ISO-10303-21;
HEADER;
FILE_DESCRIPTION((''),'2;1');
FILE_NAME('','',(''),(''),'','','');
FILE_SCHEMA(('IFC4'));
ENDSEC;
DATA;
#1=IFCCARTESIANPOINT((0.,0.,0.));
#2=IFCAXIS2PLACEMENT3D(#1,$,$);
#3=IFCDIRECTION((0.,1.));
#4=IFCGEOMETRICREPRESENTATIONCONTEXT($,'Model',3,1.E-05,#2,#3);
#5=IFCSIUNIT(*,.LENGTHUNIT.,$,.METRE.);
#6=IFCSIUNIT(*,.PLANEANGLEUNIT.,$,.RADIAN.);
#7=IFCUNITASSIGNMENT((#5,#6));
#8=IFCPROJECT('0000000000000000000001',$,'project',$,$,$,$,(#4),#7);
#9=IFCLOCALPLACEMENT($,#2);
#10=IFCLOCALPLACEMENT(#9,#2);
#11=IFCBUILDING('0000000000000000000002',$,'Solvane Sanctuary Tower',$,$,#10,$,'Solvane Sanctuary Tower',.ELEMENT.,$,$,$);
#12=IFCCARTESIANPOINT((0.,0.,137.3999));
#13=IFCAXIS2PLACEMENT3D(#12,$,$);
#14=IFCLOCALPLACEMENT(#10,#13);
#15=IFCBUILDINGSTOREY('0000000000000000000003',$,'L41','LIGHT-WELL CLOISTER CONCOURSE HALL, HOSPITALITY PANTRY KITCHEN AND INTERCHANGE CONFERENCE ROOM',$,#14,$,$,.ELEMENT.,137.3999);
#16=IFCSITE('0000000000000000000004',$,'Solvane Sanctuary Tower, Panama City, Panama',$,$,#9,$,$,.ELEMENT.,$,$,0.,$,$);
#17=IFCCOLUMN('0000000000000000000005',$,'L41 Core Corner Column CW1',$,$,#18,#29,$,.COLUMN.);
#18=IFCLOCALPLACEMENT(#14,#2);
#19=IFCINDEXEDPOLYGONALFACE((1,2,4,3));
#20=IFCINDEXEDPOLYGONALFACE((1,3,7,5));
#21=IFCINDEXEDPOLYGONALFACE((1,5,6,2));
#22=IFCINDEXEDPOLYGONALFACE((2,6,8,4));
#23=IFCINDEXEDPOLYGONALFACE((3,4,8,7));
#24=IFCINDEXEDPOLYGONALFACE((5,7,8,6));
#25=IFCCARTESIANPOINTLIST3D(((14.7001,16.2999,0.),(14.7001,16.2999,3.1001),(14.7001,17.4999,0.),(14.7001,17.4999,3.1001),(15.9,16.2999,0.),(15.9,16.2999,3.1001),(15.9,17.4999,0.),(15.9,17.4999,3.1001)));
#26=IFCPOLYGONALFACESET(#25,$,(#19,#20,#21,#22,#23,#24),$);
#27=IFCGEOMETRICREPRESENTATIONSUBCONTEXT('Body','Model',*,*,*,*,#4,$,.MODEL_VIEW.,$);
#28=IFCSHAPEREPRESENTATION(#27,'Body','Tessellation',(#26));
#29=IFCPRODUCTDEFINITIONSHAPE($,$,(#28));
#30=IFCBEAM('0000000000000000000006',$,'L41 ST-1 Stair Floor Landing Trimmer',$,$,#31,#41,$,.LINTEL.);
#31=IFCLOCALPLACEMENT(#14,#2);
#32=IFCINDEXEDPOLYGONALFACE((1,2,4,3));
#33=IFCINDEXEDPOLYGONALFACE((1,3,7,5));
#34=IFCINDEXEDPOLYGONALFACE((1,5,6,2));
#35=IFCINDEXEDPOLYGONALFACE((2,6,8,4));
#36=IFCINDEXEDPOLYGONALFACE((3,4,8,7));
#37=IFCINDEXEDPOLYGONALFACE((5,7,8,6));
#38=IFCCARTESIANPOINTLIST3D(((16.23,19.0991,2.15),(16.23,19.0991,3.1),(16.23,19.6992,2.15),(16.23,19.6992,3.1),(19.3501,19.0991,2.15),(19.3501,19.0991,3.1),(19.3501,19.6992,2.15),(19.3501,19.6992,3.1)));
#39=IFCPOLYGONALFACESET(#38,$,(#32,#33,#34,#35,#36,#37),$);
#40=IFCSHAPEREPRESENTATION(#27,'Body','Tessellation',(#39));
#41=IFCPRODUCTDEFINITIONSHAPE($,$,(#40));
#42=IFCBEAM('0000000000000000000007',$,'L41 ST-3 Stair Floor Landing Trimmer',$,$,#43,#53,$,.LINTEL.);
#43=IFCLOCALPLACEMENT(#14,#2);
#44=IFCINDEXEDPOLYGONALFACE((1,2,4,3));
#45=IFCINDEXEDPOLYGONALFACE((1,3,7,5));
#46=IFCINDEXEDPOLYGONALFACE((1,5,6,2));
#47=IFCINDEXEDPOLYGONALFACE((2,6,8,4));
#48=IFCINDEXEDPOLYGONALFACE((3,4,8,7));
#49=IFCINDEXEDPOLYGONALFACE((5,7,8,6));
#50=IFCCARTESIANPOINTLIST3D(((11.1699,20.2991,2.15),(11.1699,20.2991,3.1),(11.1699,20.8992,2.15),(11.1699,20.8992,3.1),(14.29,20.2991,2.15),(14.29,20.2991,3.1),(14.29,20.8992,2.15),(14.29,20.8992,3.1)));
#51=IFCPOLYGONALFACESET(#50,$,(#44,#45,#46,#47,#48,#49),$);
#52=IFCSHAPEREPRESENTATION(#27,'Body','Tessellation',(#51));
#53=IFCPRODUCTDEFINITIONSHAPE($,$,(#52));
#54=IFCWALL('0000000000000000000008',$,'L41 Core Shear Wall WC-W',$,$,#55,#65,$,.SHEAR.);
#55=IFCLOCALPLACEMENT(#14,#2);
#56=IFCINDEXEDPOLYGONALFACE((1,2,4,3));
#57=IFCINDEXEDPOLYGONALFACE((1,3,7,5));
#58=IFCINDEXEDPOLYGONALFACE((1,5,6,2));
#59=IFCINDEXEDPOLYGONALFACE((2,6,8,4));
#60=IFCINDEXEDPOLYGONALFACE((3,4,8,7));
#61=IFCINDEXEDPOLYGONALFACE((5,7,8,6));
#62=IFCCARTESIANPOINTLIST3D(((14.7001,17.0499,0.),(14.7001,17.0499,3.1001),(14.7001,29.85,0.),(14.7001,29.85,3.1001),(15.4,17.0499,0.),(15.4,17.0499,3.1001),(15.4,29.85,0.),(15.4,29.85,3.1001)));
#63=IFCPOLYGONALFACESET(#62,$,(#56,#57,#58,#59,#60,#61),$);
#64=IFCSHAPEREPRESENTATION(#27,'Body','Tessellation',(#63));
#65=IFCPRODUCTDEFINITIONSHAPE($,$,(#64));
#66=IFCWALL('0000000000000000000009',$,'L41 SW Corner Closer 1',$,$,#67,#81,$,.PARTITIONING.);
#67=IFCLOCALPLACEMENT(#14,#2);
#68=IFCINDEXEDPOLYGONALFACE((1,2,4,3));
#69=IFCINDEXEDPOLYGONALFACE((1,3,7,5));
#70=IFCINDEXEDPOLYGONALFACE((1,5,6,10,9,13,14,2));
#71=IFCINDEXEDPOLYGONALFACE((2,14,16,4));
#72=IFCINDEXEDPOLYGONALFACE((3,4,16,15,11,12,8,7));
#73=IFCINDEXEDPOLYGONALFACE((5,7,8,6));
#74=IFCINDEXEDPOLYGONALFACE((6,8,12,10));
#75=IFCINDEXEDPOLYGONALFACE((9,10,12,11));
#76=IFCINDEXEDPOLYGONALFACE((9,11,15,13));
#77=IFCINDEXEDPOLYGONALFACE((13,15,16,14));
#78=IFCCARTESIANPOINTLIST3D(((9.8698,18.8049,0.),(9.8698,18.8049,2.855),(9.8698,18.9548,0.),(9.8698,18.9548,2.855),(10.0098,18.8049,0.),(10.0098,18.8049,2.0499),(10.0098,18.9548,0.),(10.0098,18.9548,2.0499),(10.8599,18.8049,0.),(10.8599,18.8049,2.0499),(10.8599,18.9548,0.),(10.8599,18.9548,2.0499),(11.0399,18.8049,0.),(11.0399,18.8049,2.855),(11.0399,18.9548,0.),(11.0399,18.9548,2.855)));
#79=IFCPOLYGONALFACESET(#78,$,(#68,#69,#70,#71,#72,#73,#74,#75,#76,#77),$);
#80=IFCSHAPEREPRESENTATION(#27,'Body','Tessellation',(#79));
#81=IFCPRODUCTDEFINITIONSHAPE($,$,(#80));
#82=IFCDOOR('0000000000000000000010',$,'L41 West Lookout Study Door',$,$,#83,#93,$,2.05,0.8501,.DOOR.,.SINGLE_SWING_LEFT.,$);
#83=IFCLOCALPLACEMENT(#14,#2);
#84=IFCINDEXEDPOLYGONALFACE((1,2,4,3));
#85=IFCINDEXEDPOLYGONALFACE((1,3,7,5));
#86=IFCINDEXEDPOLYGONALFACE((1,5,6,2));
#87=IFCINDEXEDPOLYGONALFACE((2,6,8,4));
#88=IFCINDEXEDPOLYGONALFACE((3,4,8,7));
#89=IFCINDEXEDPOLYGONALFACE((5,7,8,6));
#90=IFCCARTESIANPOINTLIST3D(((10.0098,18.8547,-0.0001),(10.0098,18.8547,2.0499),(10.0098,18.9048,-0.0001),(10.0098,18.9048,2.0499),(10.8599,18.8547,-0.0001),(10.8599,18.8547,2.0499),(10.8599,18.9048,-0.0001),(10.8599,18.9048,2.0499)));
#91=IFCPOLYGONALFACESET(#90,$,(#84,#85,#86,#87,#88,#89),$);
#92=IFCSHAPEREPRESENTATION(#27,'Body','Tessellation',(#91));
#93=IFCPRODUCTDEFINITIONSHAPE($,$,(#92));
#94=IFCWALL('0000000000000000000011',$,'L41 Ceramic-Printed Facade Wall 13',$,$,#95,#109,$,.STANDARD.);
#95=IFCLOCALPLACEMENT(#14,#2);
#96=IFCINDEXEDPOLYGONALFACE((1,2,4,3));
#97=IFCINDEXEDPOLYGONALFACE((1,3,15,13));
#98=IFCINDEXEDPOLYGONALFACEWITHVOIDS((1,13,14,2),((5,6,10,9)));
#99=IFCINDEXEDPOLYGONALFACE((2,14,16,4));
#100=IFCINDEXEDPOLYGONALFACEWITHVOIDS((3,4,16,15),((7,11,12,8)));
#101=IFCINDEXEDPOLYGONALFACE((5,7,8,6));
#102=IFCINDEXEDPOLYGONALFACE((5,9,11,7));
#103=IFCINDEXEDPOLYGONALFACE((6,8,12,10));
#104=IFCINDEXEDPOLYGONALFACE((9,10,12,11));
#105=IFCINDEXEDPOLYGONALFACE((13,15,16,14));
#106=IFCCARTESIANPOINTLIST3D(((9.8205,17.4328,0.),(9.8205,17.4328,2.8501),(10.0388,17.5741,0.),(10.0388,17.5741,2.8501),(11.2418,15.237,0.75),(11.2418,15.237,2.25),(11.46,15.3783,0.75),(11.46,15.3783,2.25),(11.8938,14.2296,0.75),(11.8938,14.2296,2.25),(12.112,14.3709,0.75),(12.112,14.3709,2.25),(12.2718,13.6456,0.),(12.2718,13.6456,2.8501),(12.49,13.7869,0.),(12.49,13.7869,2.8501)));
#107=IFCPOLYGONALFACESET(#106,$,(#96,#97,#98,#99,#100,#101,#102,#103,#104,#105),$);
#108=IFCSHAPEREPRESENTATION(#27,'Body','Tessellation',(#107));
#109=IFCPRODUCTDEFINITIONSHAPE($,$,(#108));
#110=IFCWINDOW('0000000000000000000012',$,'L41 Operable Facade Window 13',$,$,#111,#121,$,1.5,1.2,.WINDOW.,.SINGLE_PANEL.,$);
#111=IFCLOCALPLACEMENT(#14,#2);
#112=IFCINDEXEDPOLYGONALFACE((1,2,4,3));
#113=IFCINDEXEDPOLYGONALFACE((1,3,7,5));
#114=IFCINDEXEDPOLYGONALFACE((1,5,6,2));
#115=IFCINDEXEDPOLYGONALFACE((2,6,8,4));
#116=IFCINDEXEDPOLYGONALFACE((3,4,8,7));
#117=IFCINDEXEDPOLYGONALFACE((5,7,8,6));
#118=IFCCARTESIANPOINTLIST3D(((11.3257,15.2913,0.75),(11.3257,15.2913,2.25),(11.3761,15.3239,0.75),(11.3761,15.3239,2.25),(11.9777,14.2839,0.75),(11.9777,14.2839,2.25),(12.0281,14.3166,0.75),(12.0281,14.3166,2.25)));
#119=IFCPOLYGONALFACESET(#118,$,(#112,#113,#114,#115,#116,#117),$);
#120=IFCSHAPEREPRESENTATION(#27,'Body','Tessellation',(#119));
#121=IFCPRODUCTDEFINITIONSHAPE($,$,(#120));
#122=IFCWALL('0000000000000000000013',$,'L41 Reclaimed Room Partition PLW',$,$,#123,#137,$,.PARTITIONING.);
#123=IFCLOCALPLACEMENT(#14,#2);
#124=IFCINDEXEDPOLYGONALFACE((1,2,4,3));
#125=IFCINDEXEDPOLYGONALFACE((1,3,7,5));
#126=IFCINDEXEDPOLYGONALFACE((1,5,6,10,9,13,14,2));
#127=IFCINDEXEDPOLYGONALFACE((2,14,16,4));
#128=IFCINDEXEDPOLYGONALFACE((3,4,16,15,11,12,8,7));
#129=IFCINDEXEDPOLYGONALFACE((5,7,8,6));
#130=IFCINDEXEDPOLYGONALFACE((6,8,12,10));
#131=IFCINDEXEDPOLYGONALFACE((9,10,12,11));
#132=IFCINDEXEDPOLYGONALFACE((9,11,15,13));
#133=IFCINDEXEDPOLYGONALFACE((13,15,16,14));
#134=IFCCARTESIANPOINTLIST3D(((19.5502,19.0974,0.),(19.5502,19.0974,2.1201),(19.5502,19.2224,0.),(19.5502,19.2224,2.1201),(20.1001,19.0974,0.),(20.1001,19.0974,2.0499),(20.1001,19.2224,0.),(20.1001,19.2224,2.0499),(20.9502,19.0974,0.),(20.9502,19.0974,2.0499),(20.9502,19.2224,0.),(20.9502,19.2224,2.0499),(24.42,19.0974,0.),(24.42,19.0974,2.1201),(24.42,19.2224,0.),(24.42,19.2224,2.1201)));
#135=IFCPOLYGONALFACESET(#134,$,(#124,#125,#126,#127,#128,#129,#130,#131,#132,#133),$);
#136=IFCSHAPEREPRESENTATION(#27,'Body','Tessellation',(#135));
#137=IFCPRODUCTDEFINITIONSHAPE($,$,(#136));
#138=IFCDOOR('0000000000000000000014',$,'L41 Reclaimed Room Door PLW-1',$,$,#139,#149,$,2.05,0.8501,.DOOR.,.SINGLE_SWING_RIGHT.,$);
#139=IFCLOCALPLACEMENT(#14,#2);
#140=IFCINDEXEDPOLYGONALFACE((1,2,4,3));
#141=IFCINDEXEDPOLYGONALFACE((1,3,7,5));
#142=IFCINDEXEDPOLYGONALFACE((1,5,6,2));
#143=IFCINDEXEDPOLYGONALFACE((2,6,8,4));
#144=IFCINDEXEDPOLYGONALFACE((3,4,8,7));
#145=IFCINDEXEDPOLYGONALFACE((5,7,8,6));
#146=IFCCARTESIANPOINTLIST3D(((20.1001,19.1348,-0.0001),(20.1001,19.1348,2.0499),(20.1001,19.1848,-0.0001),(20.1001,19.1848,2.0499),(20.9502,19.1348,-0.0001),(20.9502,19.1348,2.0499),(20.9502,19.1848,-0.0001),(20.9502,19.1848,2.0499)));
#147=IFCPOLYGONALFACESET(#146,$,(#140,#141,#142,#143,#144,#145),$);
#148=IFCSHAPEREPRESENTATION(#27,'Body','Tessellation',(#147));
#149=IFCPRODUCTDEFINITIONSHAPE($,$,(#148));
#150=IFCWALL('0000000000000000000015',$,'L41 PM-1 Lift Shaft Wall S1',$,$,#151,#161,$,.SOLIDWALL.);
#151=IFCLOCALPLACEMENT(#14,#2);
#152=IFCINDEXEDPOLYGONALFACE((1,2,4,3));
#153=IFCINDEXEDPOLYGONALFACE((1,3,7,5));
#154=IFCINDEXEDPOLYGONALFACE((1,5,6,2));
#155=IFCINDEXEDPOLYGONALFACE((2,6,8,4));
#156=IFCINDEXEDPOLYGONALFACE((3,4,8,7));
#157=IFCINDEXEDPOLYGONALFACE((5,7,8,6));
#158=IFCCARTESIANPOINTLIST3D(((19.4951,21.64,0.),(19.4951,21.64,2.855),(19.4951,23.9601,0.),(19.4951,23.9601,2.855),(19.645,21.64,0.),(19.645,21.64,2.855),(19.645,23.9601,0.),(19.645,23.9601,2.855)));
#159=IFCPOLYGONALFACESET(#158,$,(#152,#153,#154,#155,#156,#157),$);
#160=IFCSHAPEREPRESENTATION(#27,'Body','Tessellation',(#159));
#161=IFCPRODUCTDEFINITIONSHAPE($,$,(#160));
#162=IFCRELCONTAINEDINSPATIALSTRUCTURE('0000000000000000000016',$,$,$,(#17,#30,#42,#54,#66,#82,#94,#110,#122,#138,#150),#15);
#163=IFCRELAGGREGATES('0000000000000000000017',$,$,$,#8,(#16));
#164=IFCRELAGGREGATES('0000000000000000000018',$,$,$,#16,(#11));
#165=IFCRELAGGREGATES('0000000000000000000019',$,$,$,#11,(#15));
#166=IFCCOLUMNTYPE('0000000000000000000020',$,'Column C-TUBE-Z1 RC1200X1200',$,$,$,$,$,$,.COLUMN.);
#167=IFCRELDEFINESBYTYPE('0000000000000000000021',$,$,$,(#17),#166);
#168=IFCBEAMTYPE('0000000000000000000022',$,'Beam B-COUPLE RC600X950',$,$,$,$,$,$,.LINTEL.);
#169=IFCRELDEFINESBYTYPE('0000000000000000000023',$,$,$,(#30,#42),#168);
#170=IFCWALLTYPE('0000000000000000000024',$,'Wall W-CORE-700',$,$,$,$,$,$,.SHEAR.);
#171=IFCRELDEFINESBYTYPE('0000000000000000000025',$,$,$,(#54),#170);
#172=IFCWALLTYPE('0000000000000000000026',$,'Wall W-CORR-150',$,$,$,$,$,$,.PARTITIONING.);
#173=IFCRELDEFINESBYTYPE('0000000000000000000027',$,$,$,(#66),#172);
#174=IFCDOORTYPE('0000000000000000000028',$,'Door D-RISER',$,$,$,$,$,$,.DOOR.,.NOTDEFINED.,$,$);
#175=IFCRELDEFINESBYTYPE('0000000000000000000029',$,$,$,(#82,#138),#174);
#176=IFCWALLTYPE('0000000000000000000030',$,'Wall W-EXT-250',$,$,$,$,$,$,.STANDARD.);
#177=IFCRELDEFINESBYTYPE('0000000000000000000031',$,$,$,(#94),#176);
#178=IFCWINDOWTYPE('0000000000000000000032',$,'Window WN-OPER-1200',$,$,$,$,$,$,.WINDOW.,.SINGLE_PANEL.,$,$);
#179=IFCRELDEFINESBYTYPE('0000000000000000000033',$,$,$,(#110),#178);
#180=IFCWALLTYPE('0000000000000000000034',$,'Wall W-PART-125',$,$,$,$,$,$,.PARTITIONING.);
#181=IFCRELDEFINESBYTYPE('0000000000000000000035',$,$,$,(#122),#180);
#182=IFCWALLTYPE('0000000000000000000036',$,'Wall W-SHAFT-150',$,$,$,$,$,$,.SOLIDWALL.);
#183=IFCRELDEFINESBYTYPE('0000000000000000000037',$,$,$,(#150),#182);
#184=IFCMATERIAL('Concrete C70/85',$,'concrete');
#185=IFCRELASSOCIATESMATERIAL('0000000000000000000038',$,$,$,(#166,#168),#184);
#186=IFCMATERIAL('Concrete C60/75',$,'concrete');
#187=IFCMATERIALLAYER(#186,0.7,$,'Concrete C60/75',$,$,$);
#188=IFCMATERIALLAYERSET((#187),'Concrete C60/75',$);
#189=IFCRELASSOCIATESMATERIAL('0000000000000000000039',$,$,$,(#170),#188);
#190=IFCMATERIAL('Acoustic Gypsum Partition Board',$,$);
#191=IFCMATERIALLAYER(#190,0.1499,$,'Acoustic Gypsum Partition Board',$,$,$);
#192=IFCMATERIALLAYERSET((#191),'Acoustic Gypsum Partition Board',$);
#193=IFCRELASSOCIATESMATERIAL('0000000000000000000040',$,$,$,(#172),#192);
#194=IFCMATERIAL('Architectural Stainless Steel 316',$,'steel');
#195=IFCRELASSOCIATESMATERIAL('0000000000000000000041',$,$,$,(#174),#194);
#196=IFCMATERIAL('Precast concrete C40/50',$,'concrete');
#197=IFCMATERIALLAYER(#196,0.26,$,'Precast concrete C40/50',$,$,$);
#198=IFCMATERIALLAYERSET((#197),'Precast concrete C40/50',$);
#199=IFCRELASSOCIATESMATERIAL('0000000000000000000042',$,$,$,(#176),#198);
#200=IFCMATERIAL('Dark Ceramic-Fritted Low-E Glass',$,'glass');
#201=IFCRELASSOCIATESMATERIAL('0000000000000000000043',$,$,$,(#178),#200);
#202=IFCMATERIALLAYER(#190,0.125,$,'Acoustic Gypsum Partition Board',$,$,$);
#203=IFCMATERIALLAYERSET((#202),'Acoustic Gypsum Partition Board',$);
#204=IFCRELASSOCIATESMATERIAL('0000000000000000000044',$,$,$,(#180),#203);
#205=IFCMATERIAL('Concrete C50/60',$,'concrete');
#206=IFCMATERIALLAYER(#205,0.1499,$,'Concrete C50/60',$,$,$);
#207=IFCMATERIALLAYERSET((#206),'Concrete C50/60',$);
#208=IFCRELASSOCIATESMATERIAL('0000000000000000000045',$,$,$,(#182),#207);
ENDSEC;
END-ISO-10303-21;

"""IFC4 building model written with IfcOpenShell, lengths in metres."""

from ifc_helpers import new_model, si_unit, direction, frame, frame_2d, origin, origin_2d, place, context, subcontext, project, spatial, rectangle, extrude, material, layer, layer_set, material_profile, profile_set, type_object, element, fill, save


model = new_model("IFC4")

# Units and contexts
model_context = context("Model", 3, precision=1e-05, world=origin(), true_north=direction((0.0, 1.0)))
body_context = subcontext(model_context, "Body", "Model", "MODEL_VIEW")
ifc_project = project(units=[si_unit("LENGTHUNIT", "METRE"), si_unit("PLANEANGLEUNIT", "RADIAN")], contexts=[model_context])

# Site, building, storey
site_placement = place(None, origin())
site = spatial("IfcSite", under=ifc_project, at=site_placement, Name="Solvane Sanctuary Tower, Panama City, Panama", CompositionType="ELEMENT", RefElevation=0.0)
building_placement = place(site_placement, origin())
building = spatial("IfcBuilding", under=site, at=building_placement, Name="Solvane Sanctuary Tower", LongName="Solvane Sanctuary Tower", CompositionType="ELEMENT")
storey_placement = place(building_placement, frame((0.0, 0.0, 137.3999)))
storey = spatial("IfcBuildingStorey", under=building, at=storey_placement, Name="L41", Description="LIGHT-WELL CLOISTER CONCOURSE HALL, HOSPITALITY PANTRY KITCHEN AND INTERCHANGE CONFERENCE ROOM", CompositionType="ELEMENT", Elevation=137.3999)

# Column
ifc_material_1 = material(Name="Concrete C70/85", Category="concrete")
ifc_material_profile_1 = material_profile(ifc_material_1, rectangle(XDim=1.2, YDim=1.2, at=origin_2d()), Name="RC1200X1200")
ifc_profile_set_1 = profile_set([ifc_material_profile_1], Name="Concrete C70/85")
column_type = type_object("IfcColumnType", Name="Column C-TUBE-Z1 RC1200X1200", PredefinedType="COLUMN", material=ifc_profile_set_1)
column_placement = place(storey_placement, frame((15.3, 16.8999, 0.0), z_axis=(0.0, 0.0, 1.0), x_axis=(1.0, 0.0, 0.0)))
element("IfcColumn", 1, at=column_placement, inside=storey, type_object=column_type, Name="L41 Core Corner Column CW1", PredefinedType="COLUMN", context=body_context, shape_type="SweptSolid", body=[
    extrude(rectangle(XDim=1.2, YDim=1.2, at=origin_2d()), origin(), (0.0, 0.0, 1.0), 3.1001),
])

# Beams
ifc_material_profile_2 = material_profile(ifc_material_1, rectangle(XDim=0.6001, YDim=0.95, at=origin_2d()), Name="RC600X950")
ifc_profile_set_2 = profile_set([ifc_material_profile_2], Name="Concrete C70/85")
beam_type = type_object("IfcBeamType", Name="Beam B-COUPLE RC600X950", PredefinedType="LINTEL", material=ifc_profile_set_2)
for number, where, z_axis, x_axis, name in (
    (2, (16.23, 19.3992, 2.625), (1.0, 0.0, 0.0), (0.0, 1.0, 0.0), "L41 ST-1 Stair Floor Landing Trimmer"),
    (3, (11.1699, 20.5991, 2.625), (1.0, 0.0, 0.0), (0.0, 1.0, 0.0), "L41 ST-3 Stair Floor Landing Trimmer"),
):
    element("IfcBeam", number, at=place(storey_placement, frame(where, z_axis=z_axis, x_axis=x_axis)), inside=storey, type_object=beam_type, Name=name, PredefinedType="LINTEL", context=body_context, shape_type="SweptSolid", body=[
        extrude(rectangle(XDim=0.6001, YDim=0.95, at=origin_2d()), origin(), (0.0, 0.0, 1.0), 3.1201),
    ])

# Wall
ifc_material_2 = material(Name="Concrete C60/75", Category="concrete")
ifc_layer_1 = layer(ifc_material_2, 0.7, Name="Concrete C60/75")
ifc_layer_set_1 = layer_set([ifc_layer_1], Name="Concrete C60/75")
wall_type_1 = type_object("IfcWallType", Name="Wall W-CORE-700", PredefinedType="SHEAR", material=ifc_layer_set_1)
wall_1_placement = place(storey_placement, frame((15.05, 17.05, 0.0), z_axis=(0.0, 0.0, 1.0), x_axis=(0.0, 1.0, 0.0)))
element("IfcWall", 4, at=wall_1_placement, inside=storey, type_object=wall_type_1, Name="L41 Core Shear Wall WC-W", PredefinedType="SHEAR", context=body_context, shape_type="SweptSolid", body=[
    extrude(rectangle(XDim=12.8, YDim=0.7, at=frame_2d((6.3999, 0.0))), origin(), (0.0, 0.0, 1.0), 3.1001),
])

# Wall, opening, door
ifc_material_3 = material(Name="Acoustic Gypsum Partition Board")
ifc_layer_2 = layer(ifc_material_3, 0.1499, Name="Acoustic Gypsum Partition Board")
ifc_layer_set_2 = layer_set([ifc_layer_2], Name="Acoustic Gypsum Partition Board")
wall_type_2 = type_object("IfcWallType", Name="Wall W-CORR-150", PredefinedType="PARTITIONING", material=ifc_layer_set_2)
wall_2_placement = place(storey_placement, frame((9.8699, 18.8799, 0.0), z_axis=(0.0, 0.0, 1.0), x_axis=(1.0, 0.0, 0.0)))
wall_2 = element("IfcWall", 5, at=wall_2_placement, inside=storey, type_object=wall_type_2, Name="L41 SW Corner Closer 1", PredefinedType="PARTITIONING", context=body_context, shape_type="SweptSolid", body=[
    extrude(rectangle(XDim=1.1702, YDim=0.1499, at=frame_2d((0.585, 0.0))), origin(), (0.0, 0.0, 1.0), 2.855),
])
opening_1_placement = place(wall_2_placement, frame((0.1399, 0.0, 0.0)))
opening_1 = element("IfcOpeningElement", 6, at=opening_1_placement, cuts=wall_2, PredefinedType="OPENING", context=body_context, shape_type="SweptSolid", body=[
    extrude(rectangle(XDim=0.8501, YDim=2.05, at=frame_2d((0.425, 1.0249))), frame((0.0, 0.085, 0.0), z_axis=(0.0, -1.0, 0.0), x_axis=(1.0, 0.0, 0.0)), (0.0, 0.0, 1.0), 0.1699),
])
ifc_material_4 = material(Name="Architectural Stainless Steel 316", Category="steel")
door_type_1 = type_object("IfcDoorType", Name="Door D-RISER", OperationType="NOTDEFINED", PredefinedType="DOOR", material=ifc_material_4)
door_1_placement = place(opening_1_placement, origin())
door_1 = element("IfcDoor", 7, at=door_1_placement, inside=storey, type_object=door_type_1, Name="L41 West Lookout Study Door", OperationType="SINGLE_SWING_LEFT", OverallHeight=2.05, OverallWidth=0.8501, PredefinedType="DOOR", context=body_context, shape_type="SweptSolid", body=[
    extrude(rectangle(XDim=0.8501, YDim=2.05, at=frame_2d((0.425, 1.0249))), frame((0.0, 0.0249, 0.0), z_axis=(0.0, -1.0, 0.0), x_axis=(1.0, 0.0, 0.0)), (0.0, 0.0, 1.0), 0.05),
])
fill(opening_1, door_1)

# Wall, opening, window
ifc_material_5 = material(Name="Precast concrete C40/50", Category="concrete")
ifc_layer_3 = layer(ifc_material_5, 0.26, Name="Precast concrete C40/50")
ifc_layer_set_3 = layer_set([ifc_layer_3], Name="Precast concrete C40/50")
wall_type_3 = type_object("IfcWallType", Name="Wall W-EXT-250", PredefinedType="STANDARD", material=ifc_layer_set_3)
wall_3_placement = place(storey_placement, frame((9.9297, 17.5034, 0.0), z_axis=(0.0, 0.0, 1.0), x_axis=(0.543359, -0.8395, 0.0)))
wall_3 = element("IfcWall", 8, at=wall_3_placement, inside=storey, type_object=wall_type_3, Name="L41 Ceramic-Printed Facade Wall 13", PredefinedType="STANDARD", context=body_context, shape_type="SweptSolid", body=[
    extrude(rectangle(XDim=4.5112, YDim=0.26, at=frame_2d((2.2556, 0.0))), origin(), (0.0, 0.0, 1.0), 2.8501),
])
opening_2_placement = place(wall_3_placement, frame((2.6155, 0.0, 0.75)))
opening_2 = element("IfcOpeningElement", 9, at=opening_2_placement, cuts=wall_3, PredefinedType="OPENING", context=body_context, shape_type="SweptSolid", body=[
    extrude(rectangle(XDim=1.2, YDim=1.5, at=frame_2d((0.6001, 0.75))), frame((0.0, 0.1399, 0.0), z_axis=(0.0, -1.0, 0.0), x_axis=(1.0, 0.0, 0.0)), (0.0, 0.0, 1.0), 0.28),
])
ifc_material_6 = material(Name="Dark Ceramic-Fritted Low-E Glass", Category="glass")
window_type = type_object("IfcWindowType", Name="Window WN-OPER-1200", PartitioningType="SINGLE_PANEL", PredefinedType="WINDOW", material=ifc_material_6)
window_placement = place(opening_2_placement, origin())
window = element("IfcWindow", 10, at=window_placement, inside=storey, type_object=window_type, Name="L41 Operable Facade Window 13", OverallHeight=1.5, OverallWidth=1.2, PartitioningType="SINGLE_PANEL", PredefinedType="WINDOW", context=body_context, shape_type="SweptSolid", body=[
    extrude(rectangle(XDim=1.2, YDim=1.5, at=frame_2d((0.6001, 0.75))), frame((0.0, 0.03, 0.0), z_axis=(0.0, -1.0, 0.0), x_axis=(1.0, 0.0, 0.0)), (0.0, 0.0, 1.0), 0.0601),
])
fill(opening_2, window)

# Wall, opening, door
ifc_layer_4 = layer(ifc_material_3, 0.125, Name="Acoustic Gypsum Partition Board")
ifc_layer_set_4 = layer_set([ifc_layer_4], Name="Acoustic Gypsum Partition Board")
wall_type_4 = type_object("IfcWallType", Name="Wall W-PART-125", PredefinedType="PARTITIONING", material=ifc_layer_set_4)
wall_4_placement = place(storey_placement, frame((19.55, 19.1599, 0.0), z_axis=(0.0, 0.0, 1.0), x_axis=(1.0, 0.0, 0.0)))
wall_4 = element("IfcWall", 11, at=wall_4_placement, inside=storey, type_object=wall_type_4, Name="L41 Reclaimed Room Partition PLW", PredefinedType="PARTITIONING", context=body_context, shape_type="SweptSolid", body=[
    extrude(rectangle(XDim=4.8699, YDim=0.125, at=frame_2d((2.4351, 0.0))), origin(), (0.0, 0.0, 1.0), 2.1201),
])
opening_3_placement = place(wall_4_placement, frame((0.55, 0.0, 0.0)))
opening_3 = element("IfcOpeningElement", 12, at=opening_3_placement, cuts=wall_4, PredefinedType="OPENING", context=body_context, shape_type="SweptSolid", body=[
    extrude(rectangle(XDim=0.8501, YDim=2.05, at=frame_2d((0.425, 1.0249))), frame((0.0, 0.0725, 0.0), z_axis=(0.0, -1.0, 0.0), x_axis=(1.0, 0.0, 0.0)), (0.0, 0.0, 1.0), 0.145),
])
door_2_placement = place(opening_3_placement, origin())
door_2 = element("IfcDoor", 13, at=door_2_placement, inside=storey, type_object=door_type_1, Name="L41 Reclaimed Room Door PLW-1", OperationType="SINGLE_SWING_RIGHT", OverallHeight=2.05, OverallWidth=0.8501, PredefinedType="DOOR", context=body_context, shape_type="SweptSolid", body=[
    extrude(rectangle(XDim=0.8501, YDim=2.05, at=frame_2d((0.425, 1.0249))), frame((0.0, 0.0249, 0.0), z_axis=(0.0, -1.0, 0.0), x_axis=(1.0, 0.0, 0.0)), (0.0, 0.0, 1.0), 0.05),
])
fill(opening_3, door_2)

# Wall
ifc_material_7 = material(Name="Concrete C50/60", Category="concrete")
ifc_layer_5 = layer(ifc_material_7, 0.1499, Name="Concrete C50/60")
ifc_layer_set_5 = layer_set([ifc_layer_5], Name="Concrete C50/60")
wall_type_5 = type_object("IfcWallType", Name="Wall W-SHAFT-150", PredefinedType="SOLIDWALL", material=ifc_layer_set_5)
wall_5_placement = place(storey_placement, frame((19.5701, 21.6399, 0.0), z_axis=(0.0, 0.0, 1.0), x_axis=(0.0, 1.0, 0.0)))
element("IfcWall", 14, at=wall_5_placement, inside=storey, type_object=wall_type_5, Name="L41 PM-1 Lift Shaft Wall S1", PredefinedType="SOLIDWALL", context=body_context, shape_type="SweptSolid", body=[
    extrude(rectangle(XDim=2.3201, YDim=0.1499, at=frame_2d((1.1602, 0.0))), origin(), (0.0, 0.0, 1.0), 2.855),
])

save(model, "model.ifc")
